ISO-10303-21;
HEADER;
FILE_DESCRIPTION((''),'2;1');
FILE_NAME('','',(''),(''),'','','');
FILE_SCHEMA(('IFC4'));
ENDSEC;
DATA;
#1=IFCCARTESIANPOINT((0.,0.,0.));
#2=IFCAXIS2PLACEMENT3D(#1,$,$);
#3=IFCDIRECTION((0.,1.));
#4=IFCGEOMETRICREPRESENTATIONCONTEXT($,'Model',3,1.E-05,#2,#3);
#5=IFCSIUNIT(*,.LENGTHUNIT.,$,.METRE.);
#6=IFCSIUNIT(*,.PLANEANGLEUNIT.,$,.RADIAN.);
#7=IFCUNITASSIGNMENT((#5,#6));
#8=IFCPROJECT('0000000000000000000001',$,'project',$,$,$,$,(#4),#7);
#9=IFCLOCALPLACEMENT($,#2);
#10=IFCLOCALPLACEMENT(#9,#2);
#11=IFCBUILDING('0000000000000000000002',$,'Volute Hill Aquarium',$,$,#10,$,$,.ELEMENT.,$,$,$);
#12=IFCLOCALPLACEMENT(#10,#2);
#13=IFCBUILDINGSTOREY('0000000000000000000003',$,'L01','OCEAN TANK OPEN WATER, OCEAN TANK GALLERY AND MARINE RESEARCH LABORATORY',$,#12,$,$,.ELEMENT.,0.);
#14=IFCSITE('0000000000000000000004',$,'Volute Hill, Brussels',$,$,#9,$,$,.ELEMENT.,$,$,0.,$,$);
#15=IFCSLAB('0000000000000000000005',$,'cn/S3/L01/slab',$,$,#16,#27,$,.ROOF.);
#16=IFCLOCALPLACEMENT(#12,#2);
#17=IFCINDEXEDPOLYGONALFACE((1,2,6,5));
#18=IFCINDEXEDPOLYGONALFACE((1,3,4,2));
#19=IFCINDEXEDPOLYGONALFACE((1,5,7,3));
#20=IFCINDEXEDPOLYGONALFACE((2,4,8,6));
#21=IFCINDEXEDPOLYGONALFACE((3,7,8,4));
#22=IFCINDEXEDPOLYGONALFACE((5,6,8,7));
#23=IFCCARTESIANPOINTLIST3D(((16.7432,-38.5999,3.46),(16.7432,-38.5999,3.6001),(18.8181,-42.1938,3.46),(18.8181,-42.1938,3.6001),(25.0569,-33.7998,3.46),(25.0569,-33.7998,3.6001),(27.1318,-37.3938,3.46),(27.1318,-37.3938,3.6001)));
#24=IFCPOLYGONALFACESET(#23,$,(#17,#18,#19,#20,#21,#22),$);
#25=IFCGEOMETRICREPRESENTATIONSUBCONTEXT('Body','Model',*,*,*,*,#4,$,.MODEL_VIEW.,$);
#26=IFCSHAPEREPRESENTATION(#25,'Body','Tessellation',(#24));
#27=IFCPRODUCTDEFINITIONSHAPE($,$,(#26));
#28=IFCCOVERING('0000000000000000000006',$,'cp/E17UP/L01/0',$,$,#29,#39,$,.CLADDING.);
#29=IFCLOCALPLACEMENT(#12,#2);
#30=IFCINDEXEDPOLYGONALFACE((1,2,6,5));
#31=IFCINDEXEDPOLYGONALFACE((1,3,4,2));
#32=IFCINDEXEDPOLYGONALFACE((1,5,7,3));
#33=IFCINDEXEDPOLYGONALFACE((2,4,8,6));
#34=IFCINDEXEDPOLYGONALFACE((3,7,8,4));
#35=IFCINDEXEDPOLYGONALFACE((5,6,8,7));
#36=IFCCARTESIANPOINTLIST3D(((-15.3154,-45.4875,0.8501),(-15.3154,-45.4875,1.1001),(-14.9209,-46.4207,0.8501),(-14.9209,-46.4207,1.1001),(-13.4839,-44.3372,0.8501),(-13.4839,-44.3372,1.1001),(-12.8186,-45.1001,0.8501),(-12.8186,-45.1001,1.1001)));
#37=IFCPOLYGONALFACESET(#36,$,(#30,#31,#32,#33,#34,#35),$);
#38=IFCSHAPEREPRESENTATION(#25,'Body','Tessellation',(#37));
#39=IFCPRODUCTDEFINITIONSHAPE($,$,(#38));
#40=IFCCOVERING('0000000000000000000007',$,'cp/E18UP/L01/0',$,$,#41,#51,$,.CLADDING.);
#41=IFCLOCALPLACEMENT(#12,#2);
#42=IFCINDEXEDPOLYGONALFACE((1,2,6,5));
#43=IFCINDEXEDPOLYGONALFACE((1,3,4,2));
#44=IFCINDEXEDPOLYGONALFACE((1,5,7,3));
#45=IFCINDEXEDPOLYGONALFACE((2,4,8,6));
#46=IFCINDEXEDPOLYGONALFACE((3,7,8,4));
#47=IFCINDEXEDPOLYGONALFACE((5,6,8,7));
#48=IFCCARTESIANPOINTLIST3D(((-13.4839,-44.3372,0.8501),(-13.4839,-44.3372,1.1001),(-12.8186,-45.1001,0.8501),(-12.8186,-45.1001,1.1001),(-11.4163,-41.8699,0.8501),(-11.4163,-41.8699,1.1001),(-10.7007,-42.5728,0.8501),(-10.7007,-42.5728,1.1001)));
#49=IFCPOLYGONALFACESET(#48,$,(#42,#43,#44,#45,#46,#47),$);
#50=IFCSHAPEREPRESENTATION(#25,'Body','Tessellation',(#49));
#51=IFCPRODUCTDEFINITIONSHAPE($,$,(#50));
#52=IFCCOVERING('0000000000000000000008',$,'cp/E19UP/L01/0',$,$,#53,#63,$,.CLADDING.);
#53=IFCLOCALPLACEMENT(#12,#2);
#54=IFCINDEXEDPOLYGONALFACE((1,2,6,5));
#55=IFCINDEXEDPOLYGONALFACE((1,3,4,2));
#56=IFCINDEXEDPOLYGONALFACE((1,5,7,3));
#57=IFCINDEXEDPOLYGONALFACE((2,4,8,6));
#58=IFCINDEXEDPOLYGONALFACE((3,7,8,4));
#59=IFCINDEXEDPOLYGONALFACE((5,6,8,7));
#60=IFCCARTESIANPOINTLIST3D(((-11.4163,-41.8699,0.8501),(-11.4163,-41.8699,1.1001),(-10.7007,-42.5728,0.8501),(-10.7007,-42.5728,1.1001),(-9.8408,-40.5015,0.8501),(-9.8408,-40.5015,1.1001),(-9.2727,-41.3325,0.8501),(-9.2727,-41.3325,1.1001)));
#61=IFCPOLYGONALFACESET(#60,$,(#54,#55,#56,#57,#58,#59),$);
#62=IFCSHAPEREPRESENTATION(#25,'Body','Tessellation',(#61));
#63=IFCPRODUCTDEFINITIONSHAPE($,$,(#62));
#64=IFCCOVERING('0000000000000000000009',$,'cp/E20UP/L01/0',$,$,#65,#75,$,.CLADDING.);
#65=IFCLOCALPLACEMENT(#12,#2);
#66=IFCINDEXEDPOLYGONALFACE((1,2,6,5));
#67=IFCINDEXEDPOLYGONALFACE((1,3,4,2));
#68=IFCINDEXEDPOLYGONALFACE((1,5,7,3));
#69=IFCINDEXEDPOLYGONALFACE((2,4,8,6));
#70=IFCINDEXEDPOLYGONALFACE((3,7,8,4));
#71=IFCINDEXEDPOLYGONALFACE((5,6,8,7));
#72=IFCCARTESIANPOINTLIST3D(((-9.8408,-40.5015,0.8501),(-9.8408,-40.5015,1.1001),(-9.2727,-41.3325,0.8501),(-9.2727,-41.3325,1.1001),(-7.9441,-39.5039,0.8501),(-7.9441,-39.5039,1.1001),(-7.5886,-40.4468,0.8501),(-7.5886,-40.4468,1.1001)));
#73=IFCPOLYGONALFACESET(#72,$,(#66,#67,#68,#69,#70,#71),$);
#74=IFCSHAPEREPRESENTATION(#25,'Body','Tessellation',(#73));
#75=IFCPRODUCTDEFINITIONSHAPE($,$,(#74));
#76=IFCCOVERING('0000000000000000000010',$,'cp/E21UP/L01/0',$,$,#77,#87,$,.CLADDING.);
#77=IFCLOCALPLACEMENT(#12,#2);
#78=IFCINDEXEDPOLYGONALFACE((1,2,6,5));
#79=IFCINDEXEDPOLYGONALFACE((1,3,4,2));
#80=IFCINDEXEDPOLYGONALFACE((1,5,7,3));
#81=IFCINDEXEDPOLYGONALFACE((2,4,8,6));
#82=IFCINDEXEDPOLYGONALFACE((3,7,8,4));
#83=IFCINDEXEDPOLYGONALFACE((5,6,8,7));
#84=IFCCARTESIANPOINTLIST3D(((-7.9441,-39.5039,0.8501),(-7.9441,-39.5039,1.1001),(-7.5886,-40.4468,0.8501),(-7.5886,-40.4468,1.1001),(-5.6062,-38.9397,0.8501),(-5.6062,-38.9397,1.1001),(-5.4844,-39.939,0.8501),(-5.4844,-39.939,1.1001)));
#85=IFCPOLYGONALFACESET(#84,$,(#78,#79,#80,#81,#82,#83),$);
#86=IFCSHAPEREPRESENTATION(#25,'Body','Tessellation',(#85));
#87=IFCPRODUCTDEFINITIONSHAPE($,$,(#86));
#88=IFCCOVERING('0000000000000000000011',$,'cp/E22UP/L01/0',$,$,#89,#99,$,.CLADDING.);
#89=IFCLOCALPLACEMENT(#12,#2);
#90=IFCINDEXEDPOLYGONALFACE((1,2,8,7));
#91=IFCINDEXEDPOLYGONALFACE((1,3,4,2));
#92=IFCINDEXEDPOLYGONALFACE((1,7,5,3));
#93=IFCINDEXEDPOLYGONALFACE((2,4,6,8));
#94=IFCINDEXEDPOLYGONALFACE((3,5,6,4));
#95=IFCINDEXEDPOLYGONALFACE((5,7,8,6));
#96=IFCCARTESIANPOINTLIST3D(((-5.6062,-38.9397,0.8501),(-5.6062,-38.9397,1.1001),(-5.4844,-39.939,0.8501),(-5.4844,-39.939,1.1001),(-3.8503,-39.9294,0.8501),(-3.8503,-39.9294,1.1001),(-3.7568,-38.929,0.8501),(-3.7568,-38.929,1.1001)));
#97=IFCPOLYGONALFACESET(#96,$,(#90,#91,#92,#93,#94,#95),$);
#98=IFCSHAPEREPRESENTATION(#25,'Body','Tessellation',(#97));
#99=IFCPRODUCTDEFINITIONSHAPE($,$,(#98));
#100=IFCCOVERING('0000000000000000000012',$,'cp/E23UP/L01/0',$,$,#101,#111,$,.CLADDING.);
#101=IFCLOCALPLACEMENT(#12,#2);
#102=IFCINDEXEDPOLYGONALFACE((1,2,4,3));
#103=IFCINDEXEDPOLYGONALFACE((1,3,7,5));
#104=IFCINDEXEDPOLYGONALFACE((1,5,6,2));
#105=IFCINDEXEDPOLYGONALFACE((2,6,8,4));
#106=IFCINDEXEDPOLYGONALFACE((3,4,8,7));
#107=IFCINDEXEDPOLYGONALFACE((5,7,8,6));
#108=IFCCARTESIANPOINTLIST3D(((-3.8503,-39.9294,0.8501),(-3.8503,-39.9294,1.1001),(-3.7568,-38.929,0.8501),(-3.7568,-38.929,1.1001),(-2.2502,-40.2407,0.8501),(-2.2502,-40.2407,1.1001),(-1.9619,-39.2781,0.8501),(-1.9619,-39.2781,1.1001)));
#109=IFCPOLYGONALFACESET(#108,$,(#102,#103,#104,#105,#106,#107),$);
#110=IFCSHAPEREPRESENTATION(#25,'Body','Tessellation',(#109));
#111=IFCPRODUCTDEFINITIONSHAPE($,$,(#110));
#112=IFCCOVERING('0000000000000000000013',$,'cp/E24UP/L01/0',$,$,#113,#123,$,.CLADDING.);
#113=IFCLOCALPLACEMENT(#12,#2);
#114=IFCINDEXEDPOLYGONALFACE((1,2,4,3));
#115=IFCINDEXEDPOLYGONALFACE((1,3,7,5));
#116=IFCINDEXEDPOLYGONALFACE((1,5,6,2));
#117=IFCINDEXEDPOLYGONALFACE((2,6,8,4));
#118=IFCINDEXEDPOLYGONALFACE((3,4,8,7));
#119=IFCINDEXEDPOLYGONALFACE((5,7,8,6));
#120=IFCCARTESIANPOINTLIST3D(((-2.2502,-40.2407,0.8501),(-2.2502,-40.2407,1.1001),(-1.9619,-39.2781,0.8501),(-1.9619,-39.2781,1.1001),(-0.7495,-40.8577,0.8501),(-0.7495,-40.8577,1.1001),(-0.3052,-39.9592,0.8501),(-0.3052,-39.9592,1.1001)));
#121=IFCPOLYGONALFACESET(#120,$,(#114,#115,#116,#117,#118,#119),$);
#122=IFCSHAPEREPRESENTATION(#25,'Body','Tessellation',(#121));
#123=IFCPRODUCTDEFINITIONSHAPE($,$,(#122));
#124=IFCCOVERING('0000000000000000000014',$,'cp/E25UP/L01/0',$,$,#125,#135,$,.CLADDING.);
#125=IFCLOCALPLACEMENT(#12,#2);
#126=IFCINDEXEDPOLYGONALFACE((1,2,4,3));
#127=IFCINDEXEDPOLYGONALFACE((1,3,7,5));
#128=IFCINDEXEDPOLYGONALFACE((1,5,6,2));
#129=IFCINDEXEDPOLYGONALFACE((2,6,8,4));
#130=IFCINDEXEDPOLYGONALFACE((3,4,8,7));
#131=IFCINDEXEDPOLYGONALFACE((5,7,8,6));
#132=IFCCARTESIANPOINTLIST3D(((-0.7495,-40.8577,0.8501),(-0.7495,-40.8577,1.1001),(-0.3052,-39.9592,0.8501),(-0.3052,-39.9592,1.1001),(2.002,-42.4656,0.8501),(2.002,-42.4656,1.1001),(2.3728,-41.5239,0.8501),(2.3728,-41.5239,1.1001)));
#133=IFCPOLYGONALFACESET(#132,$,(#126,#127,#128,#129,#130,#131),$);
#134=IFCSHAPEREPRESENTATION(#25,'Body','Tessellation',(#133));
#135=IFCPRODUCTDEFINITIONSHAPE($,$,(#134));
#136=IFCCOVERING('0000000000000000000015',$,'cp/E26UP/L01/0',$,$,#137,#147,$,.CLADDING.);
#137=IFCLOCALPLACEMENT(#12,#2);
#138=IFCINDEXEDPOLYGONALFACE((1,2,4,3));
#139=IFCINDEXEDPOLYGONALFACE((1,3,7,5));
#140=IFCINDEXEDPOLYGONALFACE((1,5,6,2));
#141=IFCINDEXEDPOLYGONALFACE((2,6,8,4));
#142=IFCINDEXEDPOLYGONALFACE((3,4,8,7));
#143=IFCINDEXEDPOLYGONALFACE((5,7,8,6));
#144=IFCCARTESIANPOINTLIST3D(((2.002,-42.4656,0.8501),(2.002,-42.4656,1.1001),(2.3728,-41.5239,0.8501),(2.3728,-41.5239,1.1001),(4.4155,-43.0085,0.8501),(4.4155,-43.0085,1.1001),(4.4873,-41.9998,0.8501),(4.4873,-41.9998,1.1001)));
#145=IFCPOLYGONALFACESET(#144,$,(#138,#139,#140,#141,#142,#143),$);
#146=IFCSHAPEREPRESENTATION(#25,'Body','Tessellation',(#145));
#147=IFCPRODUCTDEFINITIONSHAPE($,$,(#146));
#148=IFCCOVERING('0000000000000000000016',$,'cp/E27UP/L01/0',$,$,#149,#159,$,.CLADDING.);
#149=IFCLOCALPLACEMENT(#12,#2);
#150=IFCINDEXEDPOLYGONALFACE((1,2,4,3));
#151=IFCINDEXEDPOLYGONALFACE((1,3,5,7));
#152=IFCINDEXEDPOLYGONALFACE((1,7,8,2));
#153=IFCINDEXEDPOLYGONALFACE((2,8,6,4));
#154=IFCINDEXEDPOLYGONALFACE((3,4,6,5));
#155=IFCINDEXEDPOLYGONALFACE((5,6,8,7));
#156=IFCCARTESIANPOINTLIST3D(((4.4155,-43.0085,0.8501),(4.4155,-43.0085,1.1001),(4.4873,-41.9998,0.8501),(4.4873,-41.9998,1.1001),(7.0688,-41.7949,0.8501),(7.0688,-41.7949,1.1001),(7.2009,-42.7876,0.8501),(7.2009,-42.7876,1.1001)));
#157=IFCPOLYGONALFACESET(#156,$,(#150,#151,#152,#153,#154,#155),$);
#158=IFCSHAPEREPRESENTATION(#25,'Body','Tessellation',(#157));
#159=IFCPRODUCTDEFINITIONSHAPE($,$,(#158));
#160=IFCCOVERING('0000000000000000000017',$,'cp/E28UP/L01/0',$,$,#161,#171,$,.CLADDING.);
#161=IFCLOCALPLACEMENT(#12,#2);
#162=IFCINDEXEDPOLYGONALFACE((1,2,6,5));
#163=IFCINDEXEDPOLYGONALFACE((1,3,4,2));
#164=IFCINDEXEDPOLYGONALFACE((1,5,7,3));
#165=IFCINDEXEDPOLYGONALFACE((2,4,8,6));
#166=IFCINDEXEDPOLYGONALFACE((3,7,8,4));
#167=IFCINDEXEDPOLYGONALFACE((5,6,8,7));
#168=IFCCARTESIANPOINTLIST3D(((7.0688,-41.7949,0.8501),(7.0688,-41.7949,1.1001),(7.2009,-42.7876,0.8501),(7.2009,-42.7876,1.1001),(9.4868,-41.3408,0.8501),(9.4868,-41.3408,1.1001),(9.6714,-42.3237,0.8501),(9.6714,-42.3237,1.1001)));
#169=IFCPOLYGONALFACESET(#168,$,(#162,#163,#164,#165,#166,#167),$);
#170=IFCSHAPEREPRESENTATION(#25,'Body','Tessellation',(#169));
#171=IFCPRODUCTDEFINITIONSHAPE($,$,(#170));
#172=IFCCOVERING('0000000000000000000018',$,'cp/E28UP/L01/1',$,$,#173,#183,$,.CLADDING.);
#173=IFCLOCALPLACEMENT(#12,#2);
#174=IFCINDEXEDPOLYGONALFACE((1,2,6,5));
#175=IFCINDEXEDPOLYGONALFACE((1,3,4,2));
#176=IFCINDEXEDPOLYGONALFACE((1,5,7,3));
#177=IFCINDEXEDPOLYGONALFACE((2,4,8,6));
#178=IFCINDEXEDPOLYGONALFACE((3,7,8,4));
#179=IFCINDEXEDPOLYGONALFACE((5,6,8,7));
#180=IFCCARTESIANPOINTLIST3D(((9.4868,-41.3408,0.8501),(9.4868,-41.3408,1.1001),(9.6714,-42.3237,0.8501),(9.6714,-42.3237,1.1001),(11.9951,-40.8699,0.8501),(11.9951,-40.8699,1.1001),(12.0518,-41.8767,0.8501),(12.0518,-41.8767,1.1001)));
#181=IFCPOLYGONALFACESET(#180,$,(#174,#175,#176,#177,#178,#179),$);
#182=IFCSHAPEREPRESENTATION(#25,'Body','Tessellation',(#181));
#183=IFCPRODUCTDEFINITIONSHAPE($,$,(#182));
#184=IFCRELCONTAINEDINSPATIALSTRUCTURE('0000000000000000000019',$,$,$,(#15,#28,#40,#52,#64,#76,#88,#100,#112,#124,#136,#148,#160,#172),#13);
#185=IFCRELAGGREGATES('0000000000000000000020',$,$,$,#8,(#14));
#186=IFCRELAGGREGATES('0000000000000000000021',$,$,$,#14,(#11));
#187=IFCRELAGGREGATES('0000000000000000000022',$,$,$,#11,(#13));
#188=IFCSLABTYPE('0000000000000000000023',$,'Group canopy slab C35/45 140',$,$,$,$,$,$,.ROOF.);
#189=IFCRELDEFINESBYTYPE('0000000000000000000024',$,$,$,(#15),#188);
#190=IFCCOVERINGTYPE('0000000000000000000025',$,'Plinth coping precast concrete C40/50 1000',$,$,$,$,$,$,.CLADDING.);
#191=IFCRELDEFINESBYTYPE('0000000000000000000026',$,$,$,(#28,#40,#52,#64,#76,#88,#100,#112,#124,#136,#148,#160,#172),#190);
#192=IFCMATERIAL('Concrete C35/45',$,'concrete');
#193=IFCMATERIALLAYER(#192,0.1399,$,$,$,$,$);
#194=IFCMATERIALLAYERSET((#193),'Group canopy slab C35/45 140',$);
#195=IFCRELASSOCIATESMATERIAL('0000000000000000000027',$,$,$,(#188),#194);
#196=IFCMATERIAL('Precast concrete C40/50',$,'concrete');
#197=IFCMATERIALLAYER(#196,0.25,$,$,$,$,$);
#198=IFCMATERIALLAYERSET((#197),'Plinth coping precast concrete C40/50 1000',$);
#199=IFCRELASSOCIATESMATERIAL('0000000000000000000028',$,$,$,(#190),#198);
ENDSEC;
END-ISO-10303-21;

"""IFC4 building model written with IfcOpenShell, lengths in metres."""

from ifc_helpers import new_model, si_unit, direction, frame, origin, place, context, subcontext, project, spatial, polyline, outline, extrude, material, layer, layer_set, type_object, element, save


model = new_model("IFC4")

# Units and contexts
model_context = context("Model", 3, precision=1e-05, world=origin(), true_north=direction((0.0, 1.0)))
body_context = subcontext(model_context, "Body", "Model", "MODEL_VIEW")
ifc_project = project(units=[si_unit("LENGTHUNIT", "METRE"), si_unit("PLANEANGLEUNIT", "RADIAN")], contexts=[model_context])

# Site, building, storey
site_placement = place(None, origin())
site = spatial("IfcSite", under=ifc_project, at=site_placement, Name="Volute Hill, Brussels", CompositionType="ELEMENT", RefElevation=0.0)
building_placement = place(site_placement, origin())
building = spatial("IfcBuilding", under=site, at=building_placement, Name="Volute Hill Aquarium", CompositionType="ELEMENT")
storey_placement = place(building_placement, origin())
storey = spatial("IfcBuildingStorey", under=building, at=storey_placement, Name="L01", Description="OCEAN TANK OPEN WATER, OCEAN TANK GALLERY AND MARINE RESEARCH LABORATORY", CompositionType="ELEMENT", Elevation=0.0)

# Slab
ifc_material_1 = material(Name="Concrete C35/45", Category="concrete")
ifc_layer_1 = layer(ifc_material_1, 0.1399)
ifc_layer_set_1 = layer_set([ifc_layer_1], Name="Group canopy slab C35/45 140")
slab_type = type_object("IfcSlabType", Name="Group canopy slab C35/45 140", PredefinedType="ROOF", material=ifc_layer_set_1)
slab_placement = place(storey_placement, frame((0.0, 0.0, 3.46)))
element("IfcSlab", 1, at=slab_placement, inside=storey, type_object=slab_type, Name="cn/S3/L01/slab", PredefinedType="ROOF", context=body_context, shape_type="SweptSolid", body=[
    extrude(outline(polyline([(16.7432, -38.5999), (18.8181, -42.1938), (27.1318, -37.3938), (25.0569, -33.7998), (16.7432, -38.5999)])), origin(), (0.0, 0.0, 1.0), 0.1401),
])

# Coverings
ifc_material_2 = material(Name="Precast concrete C40/50", Category="concrete")
ifc_layer_2 = layer(ifc_material_2, 0.25)
ifc_layer_set_2 = layer_set([ifc_layer_2], Name="Plinth coping precast concrete C40/50 1000")
covering_type = type_object("IfcCoveringType", Name="Plinth coping precast concrete C40/50 1000", PredefinedType="CLADDING", material=ifc_layer_set_2)
covering_1_placement = place(storey_placement, frame((0.0, 0.0, 0.8501)))
element("IfcCovering", 2, at=covering_1_placement, inside=storey, type_object=covering_type, Name="cp/E17UP/L01/0", PredefinedType="CLADDING", context=body_context, shape_type="SweptSolid", body=[
    extrude(outline(polyline([(-12.8186, -45.1001), (-12.8186, -45.1001), (-13.4839, -44.3372), (-13.4839, -44.3372), (-15.3154, -45.4875), (-15.3154, -45.4875), (-14.9209, -46.4207), (-14.9209, -46.4207), (-12.8186, -45.1001)])), origin(), (0.0, 0.0, 1.0), 0.25),
])
covering_2_placement = place(storey_placement, frame((0.0, 0.0, 0.8501)))
element("IfcCovering", 3, at=covering_2_placement, inside=storey, type_object=covering_type, Name="cp/E18UP/L01/0", PredefinedType="CLADDING", context=body_context, shape_type="SweptSolid", body=[
    extrude(outline(polyline([(-10.7007, -42.5728), (-10.7007, -42.5728), (-11.4163, -41.8699), (-11.4163, -41.8699), (-13.4839, -44.3372), (-12.8186, -45.1001), (-10.7007, -42.5728)])), origin(), (0.0, 0.0, 1.0), 0.25),
])
covering_3_placement = place(storey_placement, frame((0.0, 0.0, 0.8501)))
element("IfcCovering", 4, at=covering_3_placement, inside=storey, type_object=covering_type, Name="cp/E19UP/L01/0", PredefinedType="CLADDING", context=body_context, shape_type="SweptSolid", body=[
    extrude(outline(polyline([(-9.2727, -41.3325), (-9.2727, -41.3325), (-9.8408, -40.5015), (-9.8408, -40.5015), (-11.4163, -41.8699), (-10.7007, -42.5728), (-9.2727, -41.3325)])), origin(), (0.0, 0.0, 1.0), 0.25),
])
covering_4_placement = place(storey_placement, frame((0.0, 0.0, 0.8501)))
element("IfcCovering", 5, at=covering_4_placement, inside=storey, type_object=covering_type, Name="cp/E20UP/L01/0", PredefinedType="CLADDING", context=body_context, shape_type="SweptSolid", body=[
    extrude(outline(polyline([(-9.2727, -41.3325), (-7.5886, -40.4468), (-7.9441, -39.5039), (-9.8408, -40.5015), (-9.2727, -41.3325)])), origin(), (0.0, 0.0, 1.0), 0.25),
])
covering_5_placement = place(storey_placement, frame((0.0, 0.0, 0.8501)))
element("IfcCovering", 6, at=covering_5_placement, inside=storey, type_object=covering_type, Name="cp/E21UP/L01/0", PredefinedType="CLADDING", context=body_context, shape_type="SweptSolid", body=[
    extrude(outline(polyline([(-5.4844, -39.939), (-5.4844, -39.939), (-5.6062, -38.9397), (-5.6062, -38.9397), (-7.9441, -39.5039), (-7.9441, -39.5039), (-7.5886, -40.4468), (-7.5886, -40.4468), (-5.4844, -39.939)])), origin(), (0.0, 0.0, 1.0), 0.25),
])
covering_6_placement = place(storey_placement, frame((0.0, 0.0, 0.8501)))
element("IfcCovering", 7, at=covering_6_placement, inside=storey, type_object=covering_type, Name="cp/E22UP/L01/0", PredefinedType="CLADDING", context=body_context, shape_type="SweptSolid", body=[
    extrude(outline(polyline([(-3.8503, -39.9294), (-3.8503, -39.9294), (-3.7568, -38.929), (-3.7568, -38.929), (-5.6062, -38.9397), (-5.4844, -39.939), (-3.8503, -39.9294)])), origin(), (0.0, 0.0, 1.0), 0.25),
])
covering_7_placement = place(storey_placement, frame((0.0, 0.0, 0.8501)))
element("IfcCovering", 8, at=covering_7_placement, inside=storey, type_object=covering_type, Name="cp/E23UP/L01/0", PredefinedType="CLADDING", context=body_context, shape_type="SweptSolid", body=[
    extrude(outline(polyline([(-2.2502, -40.2407), (-2.2502, -40.2407), (-1.9619, -39.2781), (-1.9619, -39.2781), (-3.7568, -38.929), (-3.8503, -39.9294), (-2.2502, -40.2407)])), origin(), (0.0, 0.0, 1.0), 0.25),
])
covering_8_placement = place(storey_placement, frame((0.0, 0.0, 0.8501)))
element("IfcCovering", 9, at=covering_8_placement, inside=storey, type_object=covering_type, Name="cp/E24UP/L01/0", PredefinedType="CLADDING", context=body_context, shape_type="SweptSolid", body=[
    extrude(outline(polyline([(-2.2502, -40.2407), (-0.7495, -40.8577), (-0.3052, -39.9592), (-1.9619, -39.2781), (-2.2502, -40.2407)])), origin(), (0.0, 0.0, 1.0), 0.25),
])
covering_9_placement = place(storey_placement, frame((0.0, 0.0, 0.8501)))
element("IfcCovering", 10, at=covering_9_placement, inside=storey, type_object=covering_type, Name="cp/E25UP/L01/0", PredefinedType="CLADDING", context=body_context, shape_type="SweptSolid", body=[
    extrude(outline(polyline([(2.002, -42.4656), (2.002, -42.4656), (2.3728, -41.5239), (-0.3052, -39.9592), (-0.3052, -39.9592), (-0.7495, -40.8577), (-0.7495, -40.8577), (2.002, -42.4656)])), origin(), (0.0, 0.0, 1.0), 0.25),
])
covering_10_placement = place(storey_placement, frame((0.0, 0.0, 0.8501)))
element("IfcCovering", 11, at=covering_10_placement, inside=storey, type_object=covering_type, Name="cp/E26UP/L01/0", PredefinedType="CLADDING", context=body_context, shape_type="SweptSolid", body=[
    extrude(outline(polyline([(2.002, -42.4656), (4.4155, -43.0085), (4.4873, -41.9998), (2.3728, -41.5239), (2.3728, -41.5239), (2.002, -42.4656)])), origin(), (0.0, 0.0, 1.0), 0.25),
])
covering_11_placement = place(storey_placement, frame((0.0, 0.0, 0.8501)))
element("IfcCovering", 12, at=covering_11_placement, inside=storey, type_object=covering_type, Name="cp/E27UP/L01/0", PredefinedType="CLADDING", context=body_context, shape_type="SweptSolid", body=[
    extrude(outline(polyline([(4.4155, -43.0085), (7.2009, -42.7876), (7.0688, -41.7949), (7.0688, -41.7949), (4.4873, -41.9998), (4.4873, -41.9998), (4.4155, -43.0085), (4.4155, -43.0085)])), origin(), (0.0, 0.0, 1.0), 0.25),
])
covering_12_placement = place(storey_placement, frame((0.0, 0.0, 0.8501)))
element("IfcCovering", 13, at=covering_12_placement, inside=storey, type_object=covering_type, Name="cp/E28UP/L01/0", PredefinedType="CLADDING", context=body_context, shape_type="SweptSolid", body=[
    extrude(outline(polyline([(7.2009, -42.7876), (9.6714, -42.3237), (9.4868, -41.3408), (7.0688, -41.7949), (7.2009, -42.7876), (7.2009, -42.7876)])), origin(), (0.0, 0.0, 1.0), 0.25),
])
covering_13_placement = place(storey_placement, frame((0.0, 0.0, 0.8501)))
element("IfcCovering", 14, at=covering_13_placement, inside=storey, type_object=covering_type, Name="cp/E28UP/L01/1", PredefinedType="CLADDING", context=body_context, shape_type="SweptSolid", body=[
    extrude(outline(polyline([(9.6714, -42.3237), (12.0518, -41.8767), (11.9951, -40.8699), (11.9951, -40.8699), (9.4868, -41.3408), (9.6714, -42.3237)])), origin(), (0.0, 0.0, 1.0), 0.25),
])

save(model, "model.ifc")
